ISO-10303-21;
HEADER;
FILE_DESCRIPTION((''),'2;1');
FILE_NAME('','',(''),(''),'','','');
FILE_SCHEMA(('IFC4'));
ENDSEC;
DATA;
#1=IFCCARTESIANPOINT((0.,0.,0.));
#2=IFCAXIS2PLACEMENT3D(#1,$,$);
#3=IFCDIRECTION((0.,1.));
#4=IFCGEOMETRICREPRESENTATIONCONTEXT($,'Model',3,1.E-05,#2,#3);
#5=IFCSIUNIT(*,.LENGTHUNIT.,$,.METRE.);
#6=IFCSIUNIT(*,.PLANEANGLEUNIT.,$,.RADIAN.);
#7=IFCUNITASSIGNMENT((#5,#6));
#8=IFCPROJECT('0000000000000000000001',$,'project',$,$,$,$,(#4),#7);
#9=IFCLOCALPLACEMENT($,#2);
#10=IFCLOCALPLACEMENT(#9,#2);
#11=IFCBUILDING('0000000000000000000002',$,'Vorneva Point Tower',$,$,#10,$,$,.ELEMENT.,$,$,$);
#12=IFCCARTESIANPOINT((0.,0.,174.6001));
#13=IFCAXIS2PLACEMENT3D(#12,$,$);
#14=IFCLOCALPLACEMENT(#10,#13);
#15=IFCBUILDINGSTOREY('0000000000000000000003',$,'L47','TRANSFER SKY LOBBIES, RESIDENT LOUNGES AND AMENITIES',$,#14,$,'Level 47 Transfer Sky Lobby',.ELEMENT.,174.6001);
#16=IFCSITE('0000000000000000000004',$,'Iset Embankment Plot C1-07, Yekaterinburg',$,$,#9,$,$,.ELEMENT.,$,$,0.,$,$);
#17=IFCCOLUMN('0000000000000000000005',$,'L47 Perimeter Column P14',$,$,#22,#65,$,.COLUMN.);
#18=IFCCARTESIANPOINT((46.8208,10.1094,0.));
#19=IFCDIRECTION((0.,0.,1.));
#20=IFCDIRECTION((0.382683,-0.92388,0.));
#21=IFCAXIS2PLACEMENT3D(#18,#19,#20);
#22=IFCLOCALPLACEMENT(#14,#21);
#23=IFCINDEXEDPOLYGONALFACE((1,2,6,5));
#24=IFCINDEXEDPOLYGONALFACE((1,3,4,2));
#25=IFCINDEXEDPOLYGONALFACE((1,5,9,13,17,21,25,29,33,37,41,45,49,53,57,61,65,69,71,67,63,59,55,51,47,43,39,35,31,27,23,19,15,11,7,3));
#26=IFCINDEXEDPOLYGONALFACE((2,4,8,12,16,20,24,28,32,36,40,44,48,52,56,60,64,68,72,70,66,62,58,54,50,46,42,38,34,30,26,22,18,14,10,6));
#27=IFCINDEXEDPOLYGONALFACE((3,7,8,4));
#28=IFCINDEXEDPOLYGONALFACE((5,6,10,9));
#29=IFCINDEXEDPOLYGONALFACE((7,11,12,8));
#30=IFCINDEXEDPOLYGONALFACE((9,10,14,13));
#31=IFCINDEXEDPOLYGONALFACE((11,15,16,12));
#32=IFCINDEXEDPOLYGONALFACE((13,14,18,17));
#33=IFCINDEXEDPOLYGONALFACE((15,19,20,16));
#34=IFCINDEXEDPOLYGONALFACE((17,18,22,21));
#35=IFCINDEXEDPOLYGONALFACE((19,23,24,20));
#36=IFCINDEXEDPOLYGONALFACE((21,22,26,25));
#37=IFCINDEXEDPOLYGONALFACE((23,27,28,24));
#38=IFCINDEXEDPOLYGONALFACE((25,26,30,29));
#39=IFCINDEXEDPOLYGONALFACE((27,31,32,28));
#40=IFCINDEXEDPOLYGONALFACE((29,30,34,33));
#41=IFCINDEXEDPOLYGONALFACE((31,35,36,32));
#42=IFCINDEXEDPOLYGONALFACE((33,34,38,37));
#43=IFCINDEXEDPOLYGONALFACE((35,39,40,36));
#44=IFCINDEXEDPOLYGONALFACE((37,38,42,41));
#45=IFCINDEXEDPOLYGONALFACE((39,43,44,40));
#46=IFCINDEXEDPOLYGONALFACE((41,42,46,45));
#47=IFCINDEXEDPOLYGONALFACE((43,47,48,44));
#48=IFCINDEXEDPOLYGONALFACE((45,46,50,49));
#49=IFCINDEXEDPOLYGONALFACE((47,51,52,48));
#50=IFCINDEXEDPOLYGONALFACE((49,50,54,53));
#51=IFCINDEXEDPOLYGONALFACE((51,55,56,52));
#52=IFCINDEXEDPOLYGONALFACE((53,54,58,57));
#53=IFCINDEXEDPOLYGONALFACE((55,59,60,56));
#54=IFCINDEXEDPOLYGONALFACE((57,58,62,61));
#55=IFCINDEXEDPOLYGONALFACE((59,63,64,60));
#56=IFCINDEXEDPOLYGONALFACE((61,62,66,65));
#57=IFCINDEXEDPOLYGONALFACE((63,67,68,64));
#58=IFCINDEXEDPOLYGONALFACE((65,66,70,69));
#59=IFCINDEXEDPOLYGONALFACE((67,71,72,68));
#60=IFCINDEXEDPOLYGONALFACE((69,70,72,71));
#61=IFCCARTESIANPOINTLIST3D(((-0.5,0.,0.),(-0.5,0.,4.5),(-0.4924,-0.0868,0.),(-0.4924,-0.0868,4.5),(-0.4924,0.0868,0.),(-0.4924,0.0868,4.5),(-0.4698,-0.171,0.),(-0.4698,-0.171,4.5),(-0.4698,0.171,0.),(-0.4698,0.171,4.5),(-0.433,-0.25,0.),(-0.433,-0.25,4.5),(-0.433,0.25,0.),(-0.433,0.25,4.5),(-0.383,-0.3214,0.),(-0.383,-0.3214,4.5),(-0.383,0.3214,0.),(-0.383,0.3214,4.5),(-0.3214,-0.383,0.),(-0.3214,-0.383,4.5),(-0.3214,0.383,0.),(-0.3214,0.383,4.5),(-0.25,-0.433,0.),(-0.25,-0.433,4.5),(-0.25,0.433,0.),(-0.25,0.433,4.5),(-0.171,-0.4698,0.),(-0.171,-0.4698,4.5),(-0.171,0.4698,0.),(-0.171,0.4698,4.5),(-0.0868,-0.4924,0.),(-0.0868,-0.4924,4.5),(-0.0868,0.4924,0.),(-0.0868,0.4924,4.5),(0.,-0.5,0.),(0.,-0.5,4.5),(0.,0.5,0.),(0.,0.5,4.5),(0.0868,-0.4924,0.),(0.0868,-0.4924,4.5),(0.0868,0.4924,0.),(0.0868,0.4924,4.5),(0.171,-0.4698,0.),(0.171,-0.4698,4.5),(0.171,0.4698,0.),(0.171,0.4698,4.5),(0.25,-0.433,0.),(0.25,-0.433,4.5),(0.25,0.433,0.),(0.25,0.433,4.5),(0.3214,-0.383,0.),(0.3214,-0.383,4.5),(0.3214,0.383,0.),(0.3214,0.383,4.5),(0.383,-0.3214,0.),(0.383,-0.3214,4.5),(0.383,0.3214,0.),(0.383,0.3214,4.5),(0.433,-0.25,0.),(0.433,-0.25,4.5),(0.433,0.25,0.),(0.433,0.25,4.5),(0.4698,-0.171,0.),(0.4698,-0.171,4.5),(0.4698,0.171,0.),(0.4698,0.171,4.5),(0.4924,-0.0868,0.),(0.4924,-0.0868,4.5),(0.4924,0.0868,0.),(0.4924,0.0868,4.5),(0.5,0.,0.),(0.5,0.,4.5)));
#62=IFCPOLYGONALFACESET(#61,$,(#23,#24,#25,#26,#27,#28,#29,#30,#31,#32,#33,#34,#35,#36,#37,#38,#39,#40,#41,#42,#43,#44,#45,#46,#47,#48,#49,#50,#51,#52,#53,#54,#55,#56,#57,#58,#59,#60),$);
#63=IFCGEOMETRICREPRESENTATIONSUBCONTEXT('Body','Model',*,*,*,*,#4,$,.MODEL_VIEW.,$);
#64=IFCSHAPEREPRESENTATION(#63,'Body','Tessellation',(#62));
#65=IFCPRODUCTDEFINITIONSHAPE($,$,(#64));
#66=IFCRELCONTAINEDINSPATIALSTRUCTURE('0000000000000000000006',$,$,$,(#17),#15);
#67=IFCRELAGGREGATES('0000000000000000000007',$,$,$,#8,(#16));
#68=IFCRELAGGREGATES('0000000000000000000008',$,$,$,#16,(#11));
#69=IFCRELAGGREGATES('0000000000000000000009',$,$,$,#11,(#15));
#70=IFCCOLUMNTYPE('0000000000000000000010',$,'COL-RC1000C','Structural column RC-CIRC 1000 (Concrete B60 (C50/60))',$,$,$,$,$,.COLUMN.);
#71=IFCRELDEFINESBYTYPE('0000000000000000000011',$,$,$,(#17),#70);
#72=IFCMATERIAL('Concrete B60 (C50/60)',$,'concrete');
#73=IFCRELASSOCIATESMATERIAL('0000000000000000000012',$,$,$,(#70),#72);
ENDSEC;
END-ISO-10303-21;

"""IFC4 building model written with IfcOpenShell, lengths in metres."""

from ifc_helpers import new_model, si_unit, direction, frame, origin, origin_2d, place, context, subcontext, project, spatial, circle, extrude, material, material_profile, profile_set, type_object, element, save


model = new_model("IFC4")

# Units and contexts
model_context = context("Model", 3, precision=1e-05, world=origin(), true_north=direction((0.0, 1.0)))
body_context = subcontext(model_context, "Body", "Model", "MODEL_VIEW")
ifc_project = project(units=[si_unit("LENGTHUNIT", "METRE"), si_unit("PLANEANGLEUNIT", "RADIAN")], contexts=[model_context])

# Site, building, storey
site_placement = place(None, origin())
site = spatial("IfcSite", under=ifc_project, at=site_placement, Name="Iset Embankment Plot C1-07, Yekaterinburg", CompositionType="ELEMENT", RefElevation=0.0)
building_placement = place(site_placement, origin())
building = spatial("IfcBuilding", under=site, at=building_placement, Name="Vorneva Point Tower", CompositionType="ELEMENT")
storey_placement = place(building_placement, frame((0.0, 0.0, 174.6001)))
storey = spatial("IfcBuildingStorey", under=building, at=storey_placement, Name="L47", Description="TRANSFER SKY LOBBIES, RESIDENT LOUNGES AND AMENITIES", LongName="Level 47 Transfer Sky Lobby", CompositionType="ELEMENT", Elevation=174.6001)

# Column
ifc_material_1 = material(Name="Concrete B60 (C50/60)", Category="concrete")
ifc_material_profile_1 = material_profile(ifc_material_1, circle(Radius=0.5, at=origin_2d()), Name="RC-CIRC 1000")
ifc_profile_set_1 = profile_set([ifc_material_profile_1], Name="Concrete B60 (C50/60)")
column_type = type_object("IfcColumnType", Name="COL-RC1000C", Description="Structural column RC-CIRC 1000 (Concrete B60 (C50/60))", PredefinedType="COLUMN", material=ifc_profile_set_1)
column_placement = place(storey_placement, frame((46.8208, 10.1094, 0.0), z_axis=(0.0, 0.0, 1.0), x_axis=(0.382683, -0.92388, 0.0)))
element("IfcColumn", 1, at=column_placement, inside=storey, type_object=column_type, Name="L47 Perimeter Column P14", PredefinedType="COLUMN", context=body_context, shape_type="SweptSolid", body=[
    extrude(circle(Radius=0.5, at=origin_2d()), origin(), (0.0, 0.0, 1.0), 4.5),
])

save(model, "model.ifc")
